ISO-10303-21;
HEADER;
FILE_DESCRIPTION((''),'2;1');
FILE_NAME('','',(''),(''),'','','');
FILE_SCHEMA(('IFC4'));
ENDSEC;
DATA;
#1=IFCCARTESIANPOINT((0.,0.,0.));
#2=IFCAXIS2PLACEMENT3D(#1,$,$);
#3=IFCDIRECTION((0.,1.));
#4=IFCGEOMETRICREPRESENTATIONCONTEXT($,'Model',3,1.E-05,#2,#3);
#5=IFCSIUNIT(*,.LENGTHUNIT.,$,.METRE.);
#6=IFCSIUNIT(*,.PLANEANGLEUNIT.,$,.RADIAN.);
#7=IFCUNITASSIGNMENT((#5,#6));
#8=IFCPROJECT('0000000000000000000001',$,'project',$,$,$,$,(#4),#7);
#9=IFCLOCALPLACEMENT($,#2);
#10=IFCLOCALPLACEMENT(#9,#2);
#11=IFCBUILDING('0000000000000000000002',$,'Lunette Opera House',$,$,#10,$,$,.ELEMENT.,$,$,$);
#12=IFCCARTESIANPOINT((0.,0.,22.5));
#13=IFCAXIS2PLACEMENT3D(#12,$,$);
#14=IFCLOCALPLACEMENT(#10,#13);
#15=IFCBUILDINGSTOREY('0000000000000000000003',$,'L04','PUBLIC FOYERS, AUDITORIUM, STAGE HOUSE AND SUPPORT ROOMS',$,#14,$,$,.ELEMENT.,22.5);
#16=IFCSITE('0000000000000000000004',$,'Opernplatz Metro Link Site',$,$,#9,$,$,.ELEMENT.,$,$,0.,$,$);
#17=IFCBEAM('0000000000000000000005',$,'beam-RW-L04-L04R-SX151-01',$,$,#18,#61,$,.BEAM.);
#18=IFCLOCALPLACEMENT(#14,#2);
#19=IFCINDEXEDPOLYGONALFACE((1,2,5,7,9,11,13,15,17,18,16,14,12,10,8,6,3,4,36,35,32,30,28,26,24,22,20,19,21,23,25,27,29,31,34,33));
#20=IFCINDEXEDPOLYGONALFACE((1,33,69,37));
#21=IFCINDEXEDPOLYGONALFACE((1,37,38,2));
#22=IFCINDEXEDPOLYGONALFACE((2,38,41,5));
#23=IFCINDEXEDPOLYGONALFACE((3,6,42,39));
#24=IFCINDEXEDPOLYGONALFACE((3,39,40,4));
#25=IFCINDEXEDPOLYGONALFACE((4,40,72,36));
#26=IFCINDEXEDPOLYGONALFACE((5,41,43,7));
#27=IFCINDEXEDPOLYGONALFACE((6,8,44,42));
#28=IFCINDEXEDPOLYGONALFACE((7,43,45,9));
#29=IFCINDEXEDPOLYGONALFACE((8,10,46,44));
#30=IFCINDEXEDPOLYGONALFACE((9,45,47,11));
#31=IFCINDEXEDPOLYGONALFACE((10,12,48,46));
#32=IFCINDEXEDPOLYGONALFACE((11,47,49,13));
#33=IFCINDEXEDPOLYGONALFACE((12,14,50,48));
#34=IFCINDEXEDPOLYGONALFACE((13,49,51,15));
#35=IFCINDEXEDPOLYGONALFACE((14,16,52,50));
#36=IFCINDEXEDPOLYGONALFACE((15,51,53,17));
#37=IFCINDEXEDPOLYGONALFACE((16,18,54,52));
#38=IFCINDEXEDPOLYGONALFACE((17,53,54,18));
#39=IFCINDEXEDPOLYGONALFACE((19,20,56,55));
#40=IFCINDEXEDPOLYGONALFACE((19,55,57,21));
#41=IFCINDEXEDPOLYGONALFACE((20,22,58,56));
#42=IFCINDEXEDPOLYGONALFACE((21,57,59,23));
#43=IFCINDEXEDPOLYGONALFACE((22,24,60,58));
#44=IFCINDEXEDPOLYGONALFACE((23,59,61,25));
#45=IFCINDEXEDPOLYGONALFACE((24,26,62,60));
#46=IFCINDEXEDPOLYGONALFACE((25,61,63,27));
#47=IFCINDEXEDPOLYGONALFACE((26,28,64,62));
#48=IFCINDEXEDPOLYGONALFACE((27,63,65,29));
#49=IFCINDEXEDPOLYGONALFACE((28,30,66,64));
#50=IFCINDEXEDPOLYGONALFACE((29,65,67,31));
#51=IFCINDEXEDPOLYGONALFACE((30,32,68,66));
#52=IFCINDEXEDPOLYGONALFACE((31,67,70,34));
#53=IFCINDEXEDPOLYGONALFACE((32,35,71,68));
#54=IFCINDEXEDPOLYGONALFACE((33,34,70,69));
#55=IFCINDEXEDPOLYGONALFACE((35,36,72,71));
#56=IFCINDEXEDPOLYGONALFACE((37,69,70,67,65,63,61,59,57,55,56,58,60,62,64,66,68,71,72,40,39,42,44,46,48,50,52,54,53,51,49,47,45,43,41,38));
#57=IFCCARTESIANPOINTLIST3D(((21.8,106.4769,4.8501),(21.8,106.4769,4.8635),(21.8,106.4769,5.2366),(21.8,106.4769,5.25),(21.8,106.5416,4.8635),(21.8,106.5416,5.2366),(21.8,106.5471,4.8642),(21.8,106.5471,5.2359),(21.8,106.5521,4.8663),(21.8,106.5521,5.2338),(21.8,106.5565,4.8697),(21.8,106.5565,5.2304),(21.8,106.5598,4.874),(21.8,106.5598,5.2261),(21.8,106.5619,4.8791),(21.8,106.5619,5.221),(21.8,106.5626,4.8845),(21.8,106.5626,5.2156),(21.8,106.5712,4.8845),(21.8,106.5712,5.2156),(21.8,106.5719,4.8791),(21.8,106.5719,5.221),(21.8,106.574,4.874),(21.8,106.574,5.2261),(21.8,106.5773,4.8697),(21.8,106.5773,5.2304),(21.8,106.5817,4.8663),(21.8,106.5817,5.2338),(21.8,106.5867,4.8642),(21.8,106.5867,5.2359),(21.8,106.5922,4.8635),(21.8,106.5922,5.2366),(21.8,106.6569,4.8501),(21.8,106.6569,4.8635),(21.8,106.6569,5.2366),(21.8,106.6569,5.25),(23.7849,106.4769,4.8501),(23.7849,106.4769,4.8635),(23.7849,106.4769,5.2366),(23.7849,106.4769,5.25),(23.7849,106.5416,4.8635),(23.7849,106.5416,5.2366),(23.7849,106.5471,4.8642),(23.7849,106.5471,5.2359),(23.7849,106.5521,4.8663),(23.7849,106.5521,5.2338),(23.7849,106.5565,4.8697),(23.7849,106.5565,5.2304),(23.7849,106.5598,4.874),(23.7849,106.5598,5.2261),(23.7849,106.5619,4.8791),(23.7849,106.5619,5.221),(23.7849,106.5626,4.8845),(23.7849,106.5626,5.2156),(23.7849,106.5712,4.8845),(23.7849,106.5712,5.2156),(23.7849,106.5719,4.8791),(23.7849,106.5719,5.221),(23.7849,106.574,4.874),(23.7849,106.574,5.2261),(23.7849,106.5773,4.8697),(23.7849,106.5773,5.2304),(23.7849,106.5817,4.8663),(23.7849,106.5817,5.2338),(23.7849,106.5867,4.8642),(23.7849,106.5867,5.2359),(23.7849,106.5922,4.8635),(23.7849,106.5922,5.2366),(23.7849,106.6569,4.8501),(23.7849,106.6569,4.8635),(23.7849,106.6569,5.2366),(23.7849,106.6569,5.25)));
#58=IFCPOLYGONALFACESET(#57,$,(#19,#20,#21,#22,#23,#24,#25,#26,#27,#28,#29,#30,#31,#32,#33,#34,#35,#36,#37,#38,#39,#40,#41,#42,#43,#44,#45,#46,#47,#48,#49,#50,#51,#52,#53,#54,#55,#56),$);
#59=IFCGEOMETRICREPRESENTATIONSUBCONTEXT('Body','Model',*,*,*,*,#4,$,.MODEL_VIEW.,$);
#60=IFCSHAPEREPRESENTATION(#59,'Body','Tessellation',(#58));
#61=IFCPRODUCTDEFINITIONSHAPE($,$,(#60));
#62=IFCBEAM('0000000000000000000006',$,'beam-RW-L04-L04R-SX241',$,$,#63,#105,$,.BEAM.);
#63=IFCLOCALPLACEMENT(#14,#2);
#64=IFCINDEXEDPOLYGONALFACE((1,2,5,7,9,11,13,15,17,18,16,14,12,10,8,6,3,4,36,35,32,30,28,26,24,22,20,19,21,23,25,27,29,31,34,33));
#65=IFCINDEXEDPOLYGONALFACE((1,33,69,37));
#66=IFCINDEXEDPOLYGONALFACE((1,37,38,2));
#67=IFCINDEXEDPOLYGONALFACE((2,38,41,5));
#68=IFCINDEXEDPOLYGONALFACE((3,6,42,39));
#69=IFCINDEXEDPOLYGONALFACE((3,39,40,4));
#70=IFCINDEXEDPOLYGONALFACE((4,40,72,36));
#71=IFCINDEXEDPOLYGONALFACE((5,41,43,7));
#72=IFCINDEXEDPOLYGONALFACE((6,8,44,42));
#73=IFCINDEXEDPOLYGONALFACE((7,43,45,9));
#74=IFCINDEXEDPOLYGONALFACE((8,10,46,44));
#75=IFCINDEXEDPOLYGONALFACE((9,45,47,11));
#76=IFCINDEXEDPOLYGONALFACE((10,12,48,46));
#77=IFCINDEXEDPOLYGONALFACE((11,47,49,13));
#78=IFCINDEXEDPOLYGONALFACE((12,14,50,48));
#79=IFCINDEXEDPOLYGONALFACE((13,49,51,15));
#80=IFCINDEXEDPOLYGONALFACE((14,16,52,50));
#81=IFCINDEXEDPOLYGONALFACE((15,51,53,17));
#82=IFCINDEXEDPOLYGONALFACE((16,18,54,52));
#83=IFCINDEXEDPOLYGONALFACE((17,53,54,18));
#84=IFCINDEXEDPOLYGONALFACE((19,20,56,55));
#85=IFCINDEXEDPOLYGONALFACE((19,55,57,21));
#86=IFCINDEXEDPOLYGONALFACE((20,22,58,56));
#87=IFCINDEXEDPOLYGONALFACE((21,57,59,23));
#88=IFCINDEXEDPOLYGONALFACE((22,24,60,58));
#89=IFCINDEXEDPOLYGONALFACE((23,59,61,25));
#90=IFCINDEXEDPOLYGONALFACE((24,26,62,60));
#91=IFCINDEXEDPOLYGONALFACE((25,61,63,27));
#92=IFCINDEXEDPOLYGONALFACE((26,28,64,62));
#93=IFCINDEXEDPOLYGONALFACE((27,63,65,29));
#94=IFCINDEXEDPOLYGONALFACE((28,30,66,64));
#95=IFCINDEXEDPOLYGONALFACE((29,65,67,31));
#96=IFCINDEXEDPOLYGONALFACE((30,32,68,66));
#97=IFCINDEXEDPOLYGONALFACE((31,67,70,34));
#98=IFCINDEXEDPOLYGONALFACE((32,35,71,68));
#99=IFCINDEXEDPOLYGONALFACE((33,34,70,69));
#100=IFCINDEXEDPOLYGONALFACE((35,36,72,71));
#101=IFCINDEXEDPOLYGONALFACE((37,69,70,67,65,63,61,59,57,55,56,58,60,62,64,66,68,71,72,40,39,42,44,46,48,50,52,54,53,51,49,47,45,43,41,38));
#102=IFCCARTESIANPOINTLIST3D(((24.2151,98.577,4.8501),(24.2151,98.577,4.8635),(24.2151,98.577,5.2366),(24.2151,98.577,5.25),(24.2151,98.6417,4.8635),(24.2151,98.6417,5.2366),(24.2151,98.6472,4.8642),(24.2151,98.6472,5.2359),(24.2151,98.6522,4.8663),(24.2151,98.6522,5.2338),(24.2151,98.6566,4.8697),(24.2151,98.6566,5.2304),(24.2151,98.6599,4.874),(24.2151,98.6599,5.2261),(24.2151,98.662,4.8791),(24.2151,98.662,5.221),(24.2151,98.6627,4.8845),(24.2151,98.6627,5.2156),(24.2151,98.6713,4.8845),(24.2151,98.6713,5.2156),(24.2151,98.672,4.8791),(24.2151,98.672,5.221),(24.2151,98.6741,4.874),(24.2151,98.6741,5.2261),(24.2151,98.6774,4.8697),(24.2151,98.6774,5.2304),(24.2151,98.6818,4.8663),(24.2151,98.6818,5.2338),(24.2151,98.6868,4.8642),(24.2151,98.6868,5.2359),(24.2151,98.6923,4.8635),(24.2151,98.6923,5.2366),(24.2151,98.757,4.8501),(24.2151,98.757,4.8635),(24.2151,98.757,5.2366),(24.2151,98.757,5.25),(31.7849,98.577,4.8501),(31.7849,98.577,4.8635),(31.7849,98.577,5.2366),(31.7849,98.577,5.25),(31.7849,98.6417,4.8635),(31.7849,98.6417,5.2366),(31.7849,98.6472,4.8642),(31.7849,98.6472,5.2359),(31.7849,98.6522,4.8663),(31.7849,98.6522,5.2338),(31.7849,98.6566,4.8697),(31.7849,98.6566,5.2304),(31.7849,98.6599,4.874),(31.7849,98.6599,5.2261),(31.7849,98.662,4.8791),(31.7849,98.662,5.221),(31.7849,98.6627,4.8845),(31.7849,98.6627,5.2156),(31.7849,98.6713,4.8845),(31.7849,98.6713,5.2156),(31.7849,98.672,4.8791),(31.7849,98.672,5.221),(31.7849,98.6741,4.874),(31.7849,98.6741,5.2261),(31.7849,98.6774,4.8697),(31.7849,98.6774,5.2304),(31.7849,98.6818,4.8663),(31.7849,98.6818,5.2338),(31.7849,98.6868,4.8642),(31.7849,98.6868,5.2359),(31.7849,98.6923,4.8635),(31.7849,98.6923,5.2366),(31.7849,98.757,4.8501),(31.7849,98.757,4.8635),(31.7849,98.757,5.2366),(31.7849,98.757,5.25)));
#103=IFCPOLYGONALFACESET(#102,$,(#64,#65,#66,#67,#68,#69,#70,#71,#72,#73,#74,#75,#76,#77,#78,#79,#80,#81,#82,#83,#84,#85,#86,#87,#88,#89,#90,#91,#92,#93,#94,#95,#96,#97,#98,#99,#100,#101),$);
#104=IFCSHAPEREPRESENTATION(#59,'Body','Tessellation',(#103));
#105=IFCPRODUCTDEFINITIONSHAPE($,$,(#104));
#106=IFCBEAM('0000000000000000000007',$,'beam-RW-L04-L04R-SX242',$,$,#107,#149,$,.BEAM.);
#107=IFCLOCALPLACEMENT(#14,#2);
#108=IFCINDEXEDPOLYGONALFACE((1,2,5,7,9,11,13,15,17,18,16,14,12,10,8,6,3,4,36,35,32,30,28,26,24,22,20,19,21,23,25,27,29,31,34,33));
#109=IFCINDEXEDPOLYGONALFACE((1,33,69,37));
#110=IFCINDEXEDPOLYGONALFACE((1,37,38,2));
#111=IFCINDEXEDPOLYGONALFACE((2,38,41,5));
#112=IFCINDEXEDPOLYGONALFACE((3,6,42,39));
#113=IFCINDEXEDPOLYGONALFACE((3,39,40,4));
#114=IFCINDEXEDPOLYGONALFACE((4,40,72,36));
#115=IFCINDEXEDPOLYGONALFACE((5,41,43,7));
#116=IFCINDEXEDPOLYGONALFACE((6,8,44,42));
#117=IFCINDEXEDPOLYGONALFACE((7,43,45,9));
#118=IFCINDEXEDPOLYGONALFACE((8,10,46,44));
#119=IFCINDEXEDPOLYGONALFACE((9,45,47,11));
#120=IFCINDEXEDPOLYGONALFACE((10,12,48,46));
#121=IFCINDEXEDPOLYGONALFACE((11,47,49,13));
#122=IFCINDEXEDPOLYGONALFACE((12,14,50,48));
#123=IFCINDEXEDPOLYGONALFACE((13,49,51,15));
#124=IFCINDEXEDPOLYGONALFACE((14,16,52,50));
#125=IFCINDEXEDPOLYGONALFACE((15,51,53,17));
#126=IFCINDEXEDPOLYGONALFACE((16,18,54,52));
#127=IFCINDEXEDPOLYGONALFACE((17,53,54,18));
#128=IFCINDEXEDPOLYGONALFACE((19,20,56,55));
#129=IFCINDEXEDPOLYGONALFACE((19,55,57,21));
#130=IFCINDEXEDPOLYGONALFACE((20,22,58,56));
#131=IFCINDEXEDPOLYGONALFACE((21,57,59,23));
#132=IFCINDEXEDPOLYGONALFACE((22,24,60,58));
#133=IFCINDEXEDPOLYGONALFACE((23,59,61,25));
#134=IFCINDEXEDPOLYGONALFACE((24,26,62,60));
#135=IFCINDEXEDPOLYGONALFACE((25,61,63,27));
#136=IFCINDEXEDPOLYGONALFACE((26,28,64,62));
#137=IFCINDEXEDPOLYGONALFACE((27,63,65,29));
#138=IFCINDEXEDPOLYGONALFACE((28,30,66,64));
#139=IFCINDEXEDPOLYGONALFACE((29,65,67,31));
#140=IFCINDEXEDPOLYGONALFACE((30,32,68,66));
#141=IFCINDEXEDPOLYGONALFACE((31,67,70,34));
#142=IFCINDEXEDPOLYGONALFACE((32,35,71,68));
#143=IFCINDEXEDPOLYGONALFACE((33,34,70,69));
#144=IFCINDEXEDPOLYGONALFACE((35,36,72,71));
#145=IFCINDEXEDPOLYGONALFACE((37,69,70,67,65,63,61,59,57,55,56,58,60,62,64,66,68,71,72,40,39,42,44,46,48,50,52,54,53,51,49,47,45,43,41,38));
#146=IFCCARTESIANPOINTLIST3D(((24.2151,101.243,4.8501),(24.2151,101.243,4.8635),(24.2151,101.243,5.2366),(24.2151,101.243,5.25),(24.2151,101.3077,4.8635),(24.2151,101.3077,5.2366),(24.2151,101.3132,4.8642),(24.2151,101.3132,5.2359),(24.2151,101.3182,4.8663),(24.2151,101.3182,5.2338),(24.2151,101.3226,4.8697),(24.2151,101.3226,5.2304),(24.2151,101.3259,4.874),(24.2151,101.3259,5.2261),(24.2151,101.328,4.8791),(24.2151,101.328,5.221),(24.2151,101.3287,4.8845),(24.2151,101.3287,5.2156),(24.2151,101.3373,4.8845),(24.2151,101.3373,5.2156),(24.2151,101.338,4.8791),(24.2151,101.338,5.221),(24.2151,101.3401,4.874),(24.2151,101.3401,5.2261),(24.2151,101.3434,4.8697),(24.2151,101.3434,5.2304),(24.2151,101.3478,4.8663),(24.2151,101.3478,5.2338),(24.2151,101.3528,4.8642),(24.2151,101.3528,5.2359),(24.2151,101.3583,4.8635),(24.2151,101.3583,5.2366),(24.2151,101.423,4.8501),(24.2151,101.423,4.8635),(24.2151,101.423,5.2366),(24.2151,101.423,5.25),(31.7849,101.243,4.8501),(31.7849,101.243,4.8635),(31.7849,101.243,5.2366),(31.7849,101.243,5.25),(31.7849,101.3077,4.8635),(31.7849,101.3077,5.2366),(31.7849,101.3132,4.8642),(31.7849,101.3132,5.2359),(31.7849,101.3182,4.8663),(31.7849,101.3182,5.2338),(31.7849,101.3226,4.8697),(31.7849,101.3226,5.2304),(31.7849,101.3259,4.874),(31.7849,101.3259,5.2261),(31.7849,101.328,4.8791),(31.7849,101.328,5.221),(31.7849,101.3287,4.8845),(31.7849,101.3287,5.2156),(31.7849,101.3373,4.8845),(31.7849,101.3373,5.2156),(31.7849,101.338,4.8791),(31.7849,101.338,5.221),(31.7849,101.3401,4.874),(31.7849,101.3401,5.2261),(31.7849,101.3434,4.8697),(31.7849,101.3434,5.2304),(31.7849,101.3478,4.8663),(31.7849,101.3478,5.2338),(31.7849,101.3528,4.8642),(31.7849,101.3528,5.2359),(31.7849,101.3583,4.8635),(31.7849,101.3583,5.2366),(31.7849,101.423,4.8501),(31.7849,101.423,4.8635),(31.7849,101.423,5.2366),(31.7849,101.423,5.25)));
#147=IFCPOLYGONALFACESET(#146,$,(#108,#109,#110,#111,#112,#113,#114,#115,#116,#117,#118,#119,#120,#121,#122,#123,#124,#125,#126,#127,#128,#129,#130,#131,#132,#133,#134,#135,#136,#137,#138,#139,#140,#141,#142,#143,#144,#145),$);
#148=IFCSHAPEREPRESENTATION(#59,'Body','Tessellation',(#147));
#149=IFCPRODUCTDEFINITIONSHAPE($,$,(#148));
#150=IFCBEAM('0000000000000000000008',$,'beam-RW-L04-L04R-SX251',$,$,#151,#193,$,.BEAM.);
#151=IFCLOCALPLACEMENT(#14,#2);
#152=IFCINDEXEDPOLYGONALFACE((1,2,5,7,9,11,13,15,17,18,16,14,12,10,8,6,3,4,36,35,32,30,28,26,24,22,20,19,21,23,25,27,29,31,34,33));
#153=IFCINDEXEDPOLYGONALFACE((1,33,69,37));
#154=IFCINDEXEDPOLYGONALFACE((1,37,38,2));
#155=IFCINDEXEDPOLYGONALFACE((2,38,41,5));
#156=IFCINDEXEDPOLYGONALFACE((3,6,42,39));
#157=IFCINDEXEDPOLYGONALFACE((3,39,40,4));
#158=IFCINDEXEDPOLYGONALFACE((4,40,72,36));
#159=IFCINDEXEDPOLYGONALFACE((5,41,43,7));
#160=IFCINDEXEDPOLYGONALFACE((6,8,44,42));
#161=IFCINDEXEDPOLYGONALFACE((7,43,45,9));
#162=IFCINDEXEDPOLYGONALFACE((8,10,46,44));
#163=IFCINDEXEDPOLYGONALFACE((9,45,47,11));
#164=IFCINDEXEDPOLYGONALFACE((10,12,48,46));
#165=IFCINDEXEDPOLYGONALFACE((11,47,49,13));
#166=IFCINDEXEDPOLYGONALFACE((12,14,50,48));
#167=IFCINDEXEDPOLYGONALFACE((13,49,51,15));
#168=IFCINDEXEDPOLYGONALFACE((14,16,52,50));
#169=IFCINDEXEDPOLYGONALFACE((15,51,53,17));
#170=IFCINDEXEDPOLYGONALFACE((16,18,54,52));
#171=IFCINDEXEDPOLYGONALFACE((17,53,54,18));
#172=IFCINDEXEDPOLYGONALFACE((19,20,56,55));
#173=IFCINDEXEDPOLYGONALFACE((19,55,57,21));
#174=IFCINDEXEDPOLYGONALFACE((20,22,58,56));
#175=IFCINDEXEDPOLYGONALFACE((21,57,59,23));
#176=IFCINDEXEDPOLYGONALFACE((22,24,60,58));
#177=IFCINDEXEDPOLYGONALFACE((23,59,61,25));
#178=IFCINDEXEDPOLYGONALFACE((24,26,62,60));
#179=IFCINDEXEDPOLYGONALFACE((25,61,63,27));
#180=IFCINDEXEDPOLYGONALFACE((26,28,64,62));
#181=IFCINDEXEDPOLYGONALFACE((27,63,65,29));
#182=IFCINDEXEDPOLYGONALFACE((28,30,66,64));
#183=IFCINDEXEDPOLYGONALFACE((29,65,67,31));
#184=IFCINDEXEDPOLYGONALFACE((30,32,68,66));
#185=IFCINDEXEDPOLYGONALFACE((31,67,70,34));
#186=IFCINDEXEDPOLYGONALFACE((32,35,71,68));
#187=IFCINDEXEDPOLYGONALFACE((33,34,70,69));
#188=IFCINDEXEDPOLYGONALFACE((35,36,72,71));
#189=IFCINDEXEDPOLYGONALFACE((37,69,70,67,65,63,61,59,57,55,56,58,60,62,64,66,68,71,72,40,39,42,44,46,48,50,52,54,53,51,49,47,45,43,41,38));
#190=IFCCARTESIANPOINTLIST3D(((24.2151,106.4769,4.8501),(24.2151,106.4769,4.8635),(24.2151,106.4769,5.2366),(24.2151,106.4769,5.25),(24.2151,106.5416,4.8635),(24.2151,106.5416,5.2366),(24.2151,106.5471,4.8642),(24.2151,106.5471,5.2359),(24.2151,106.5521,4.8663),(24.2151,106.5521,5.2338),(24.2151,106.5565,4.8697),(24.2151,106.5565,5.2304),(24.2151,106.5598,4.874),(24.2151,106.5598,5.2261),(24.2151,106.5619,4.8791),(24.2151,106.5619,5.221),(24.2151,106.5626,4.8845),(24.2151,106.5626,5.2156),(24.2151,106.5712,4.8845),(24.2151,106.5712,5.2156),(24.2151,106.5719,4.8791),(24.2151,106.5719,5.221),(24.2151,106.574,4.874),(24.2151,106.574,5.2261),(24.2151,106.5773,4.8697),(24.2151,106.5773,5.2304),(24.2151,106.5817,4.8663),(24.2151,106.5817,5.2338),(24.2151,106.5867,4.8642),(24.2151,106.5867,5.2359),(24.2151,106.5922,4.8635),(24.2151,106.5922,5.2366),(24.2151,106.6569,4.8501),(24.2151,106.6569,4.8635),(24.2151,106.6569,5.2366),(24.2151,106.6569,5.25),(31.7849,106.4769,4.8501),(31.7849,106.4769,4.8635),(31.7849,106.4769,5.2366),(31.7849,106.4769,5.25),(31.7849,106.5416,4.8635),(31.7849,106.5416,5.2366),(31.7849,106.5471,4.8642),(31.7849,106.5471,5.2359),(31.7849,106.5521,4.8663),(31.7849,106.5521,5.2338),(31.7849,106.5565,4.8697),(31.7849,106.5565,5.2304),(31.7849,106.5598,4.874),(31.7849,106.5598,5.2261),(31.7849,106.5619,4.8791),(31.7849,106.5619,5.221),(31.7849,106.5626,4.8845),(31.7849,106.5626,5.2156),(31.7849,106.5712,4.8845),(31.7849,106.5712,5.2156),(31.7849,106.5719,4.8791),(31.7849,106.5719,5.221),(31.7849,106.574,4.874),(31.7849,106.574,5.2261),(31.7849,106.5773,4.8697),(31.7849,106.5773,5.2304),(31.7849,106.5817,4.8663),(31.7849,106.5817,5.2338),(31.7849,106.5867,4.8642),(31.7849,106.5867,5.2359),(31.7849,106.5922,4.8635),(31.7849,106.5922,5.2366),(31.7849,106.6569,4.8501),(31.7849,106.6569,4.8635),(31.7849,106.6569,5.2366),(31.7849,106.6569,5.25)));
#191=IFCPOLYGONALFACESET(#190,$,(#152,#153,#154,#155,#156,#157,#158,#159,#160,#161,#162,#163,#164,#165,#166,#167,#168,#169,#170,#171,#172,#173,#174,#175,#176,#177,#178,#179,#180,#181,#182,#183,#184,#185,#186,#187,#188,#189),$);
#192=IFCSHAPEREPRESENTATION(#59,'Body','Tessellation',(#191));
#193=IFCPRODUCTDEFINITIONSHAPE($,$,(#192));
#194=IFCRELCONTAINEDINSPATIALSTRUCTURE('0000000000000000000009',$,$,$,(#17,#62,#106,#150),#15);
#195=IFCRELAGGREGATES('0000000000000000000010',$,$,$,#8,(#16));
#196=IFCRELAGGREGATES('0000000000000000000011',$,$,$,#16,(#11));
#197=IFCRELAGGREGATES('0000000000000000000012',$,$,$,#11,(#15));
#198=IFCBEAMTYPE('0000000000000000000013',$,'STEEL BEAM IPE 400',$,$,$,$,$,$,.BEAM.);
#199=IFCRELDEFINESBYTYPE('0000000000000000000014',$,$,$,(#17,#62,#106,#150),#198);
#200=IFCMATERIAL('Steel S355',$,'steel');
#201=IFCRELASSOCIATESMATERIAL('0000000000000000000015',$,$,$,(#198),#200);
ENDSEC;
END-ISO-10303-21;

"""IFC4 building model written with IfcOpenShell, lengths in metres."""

from ifc_helpers import new_model, si_unit, direction, frame, origin, origin_2d, place, context, subcontext, project, spatial, i_section, extrude, material, material_profile, profile_set, type_object, element, save


model = new_model("IFC4")

# Units and contexts
model_context = context("Model", 3, precision=1e-05, world=origin(), true_north=direction((0.0, 1.0)))
body_context = subcontext(model_context, "Body", "Model", "MODEL_VIEW")
ifc_project = project(units=[si_unit("LENGTHUNIT", "METRE"), si_unit("PLANEANGLEUNIT", "RADIAN")], contexts=[model_context])

# Site, building, storey
site_placement = place(None, origin())
site = spatial("IfcSite", under=ifc_project, at=site_placement, Name="Opernplatz Metro Link Site", CompositionType="ELEMENT", RefElevation=0.0)
building_placement = place(site_placement, origin())
building = spatial("IfcBuilding", under=site, at=building_placement, Name="Lunette Opera House", CompositionType="ELEMENT")
storey_placement = place(building_placement, frame((0.0, 0.0, 22.5)))
storey = spatial("IfcBuildingStorey", under=building, at=storey_placement, Name="L04", Description="PUBLIC FOYERS, AUDITORIUM, STAGE HOUSE AND SUPPORT ROOMS", CompositionType="ELEMENT", Elevation=22.5)

# Beams
ifc_material_1 = material(Name="Steel S355", Category="steel")
ifc_material_profile_1 = material_profile(ifc_material_1, i_section(OverallWidth=0.1799, OverallDepth=0.3999, WebThickness=0.0085, FlangeThickness=0.0134, FilletRadius=0.021, at=origin_2d()), Name="IPE 400")
ifc_profile_set_1 = profile_set([ifc_material_profile_1], Name="Steel S355")
beam_type_1 = type_object("IfcBeamType", Name="STEEL BEAM IPE 400", PredefinedType="BEAM", material=ifc_profile_set_1)
beam_1_placement = place(storey_placement, frame((21.8, 106.5669, 5.05), z_axis=(1.0, 0.0, 0.0), x_axis=(0.0, 1.0, 0.0)))
element("IfcBeam", 1, at=beam_1_placement, inside=storey, type_object=beam_type_1, Name="beam-RW-L04-L04R-SX151-01", PredefinedType="BEAM", context=body_context, shape_type="SweptSolid", body=[
    extrude(i_section(OverallWidth=0.1799, OverallDepth=0.3999, WebThickness=0.0085, FlangeThickness=0.0134, FilletRadius=0.021, at=origin_2d()), origin(), (0.0, 0.0, 1.0), 1.9849),
])
for number, where, z_axis, x_axis, name in (
    (2, (24.2151, 98.667, 5.05), (1.0, 0.0, 0.0), (0.0, 1.0, 0.0), "beam-RW-L04-L04R-SX241"),
    (3, (24.2151, 101.333, 5.05), (1.0, 0.0, 0.0), (0.0, 1.0, 0.0), "beam-RW-L04-L04R-SX242"),
    (4, (24.2151, 106.5669, 5.05), (1.0, 0.0, 0.0), (0.0, 1.0, 0.0), "beam-RW-L04-L04R-SX251"),
):
    element("IfcBeam", number, at=place(storey_placement, frame(where, z_axis=z_axis, x_axis=x_axis)), inside=storey, type_object=beam_type_1, Name=name, PredefinedType="BEAM", context=body_context, shape_type="SweptSolid", body=[
        extrude(i_section(OverallWidth=0.1799, OverallDepth=0.3999, WebThickness=0.0085, FlangeThickness=0.0134, FilletRadius=0.021, at=origin_2d()), origin(), (0.0, 0.0, 1.0), 7.5698),
    ])

save(model, "model.ifc")
